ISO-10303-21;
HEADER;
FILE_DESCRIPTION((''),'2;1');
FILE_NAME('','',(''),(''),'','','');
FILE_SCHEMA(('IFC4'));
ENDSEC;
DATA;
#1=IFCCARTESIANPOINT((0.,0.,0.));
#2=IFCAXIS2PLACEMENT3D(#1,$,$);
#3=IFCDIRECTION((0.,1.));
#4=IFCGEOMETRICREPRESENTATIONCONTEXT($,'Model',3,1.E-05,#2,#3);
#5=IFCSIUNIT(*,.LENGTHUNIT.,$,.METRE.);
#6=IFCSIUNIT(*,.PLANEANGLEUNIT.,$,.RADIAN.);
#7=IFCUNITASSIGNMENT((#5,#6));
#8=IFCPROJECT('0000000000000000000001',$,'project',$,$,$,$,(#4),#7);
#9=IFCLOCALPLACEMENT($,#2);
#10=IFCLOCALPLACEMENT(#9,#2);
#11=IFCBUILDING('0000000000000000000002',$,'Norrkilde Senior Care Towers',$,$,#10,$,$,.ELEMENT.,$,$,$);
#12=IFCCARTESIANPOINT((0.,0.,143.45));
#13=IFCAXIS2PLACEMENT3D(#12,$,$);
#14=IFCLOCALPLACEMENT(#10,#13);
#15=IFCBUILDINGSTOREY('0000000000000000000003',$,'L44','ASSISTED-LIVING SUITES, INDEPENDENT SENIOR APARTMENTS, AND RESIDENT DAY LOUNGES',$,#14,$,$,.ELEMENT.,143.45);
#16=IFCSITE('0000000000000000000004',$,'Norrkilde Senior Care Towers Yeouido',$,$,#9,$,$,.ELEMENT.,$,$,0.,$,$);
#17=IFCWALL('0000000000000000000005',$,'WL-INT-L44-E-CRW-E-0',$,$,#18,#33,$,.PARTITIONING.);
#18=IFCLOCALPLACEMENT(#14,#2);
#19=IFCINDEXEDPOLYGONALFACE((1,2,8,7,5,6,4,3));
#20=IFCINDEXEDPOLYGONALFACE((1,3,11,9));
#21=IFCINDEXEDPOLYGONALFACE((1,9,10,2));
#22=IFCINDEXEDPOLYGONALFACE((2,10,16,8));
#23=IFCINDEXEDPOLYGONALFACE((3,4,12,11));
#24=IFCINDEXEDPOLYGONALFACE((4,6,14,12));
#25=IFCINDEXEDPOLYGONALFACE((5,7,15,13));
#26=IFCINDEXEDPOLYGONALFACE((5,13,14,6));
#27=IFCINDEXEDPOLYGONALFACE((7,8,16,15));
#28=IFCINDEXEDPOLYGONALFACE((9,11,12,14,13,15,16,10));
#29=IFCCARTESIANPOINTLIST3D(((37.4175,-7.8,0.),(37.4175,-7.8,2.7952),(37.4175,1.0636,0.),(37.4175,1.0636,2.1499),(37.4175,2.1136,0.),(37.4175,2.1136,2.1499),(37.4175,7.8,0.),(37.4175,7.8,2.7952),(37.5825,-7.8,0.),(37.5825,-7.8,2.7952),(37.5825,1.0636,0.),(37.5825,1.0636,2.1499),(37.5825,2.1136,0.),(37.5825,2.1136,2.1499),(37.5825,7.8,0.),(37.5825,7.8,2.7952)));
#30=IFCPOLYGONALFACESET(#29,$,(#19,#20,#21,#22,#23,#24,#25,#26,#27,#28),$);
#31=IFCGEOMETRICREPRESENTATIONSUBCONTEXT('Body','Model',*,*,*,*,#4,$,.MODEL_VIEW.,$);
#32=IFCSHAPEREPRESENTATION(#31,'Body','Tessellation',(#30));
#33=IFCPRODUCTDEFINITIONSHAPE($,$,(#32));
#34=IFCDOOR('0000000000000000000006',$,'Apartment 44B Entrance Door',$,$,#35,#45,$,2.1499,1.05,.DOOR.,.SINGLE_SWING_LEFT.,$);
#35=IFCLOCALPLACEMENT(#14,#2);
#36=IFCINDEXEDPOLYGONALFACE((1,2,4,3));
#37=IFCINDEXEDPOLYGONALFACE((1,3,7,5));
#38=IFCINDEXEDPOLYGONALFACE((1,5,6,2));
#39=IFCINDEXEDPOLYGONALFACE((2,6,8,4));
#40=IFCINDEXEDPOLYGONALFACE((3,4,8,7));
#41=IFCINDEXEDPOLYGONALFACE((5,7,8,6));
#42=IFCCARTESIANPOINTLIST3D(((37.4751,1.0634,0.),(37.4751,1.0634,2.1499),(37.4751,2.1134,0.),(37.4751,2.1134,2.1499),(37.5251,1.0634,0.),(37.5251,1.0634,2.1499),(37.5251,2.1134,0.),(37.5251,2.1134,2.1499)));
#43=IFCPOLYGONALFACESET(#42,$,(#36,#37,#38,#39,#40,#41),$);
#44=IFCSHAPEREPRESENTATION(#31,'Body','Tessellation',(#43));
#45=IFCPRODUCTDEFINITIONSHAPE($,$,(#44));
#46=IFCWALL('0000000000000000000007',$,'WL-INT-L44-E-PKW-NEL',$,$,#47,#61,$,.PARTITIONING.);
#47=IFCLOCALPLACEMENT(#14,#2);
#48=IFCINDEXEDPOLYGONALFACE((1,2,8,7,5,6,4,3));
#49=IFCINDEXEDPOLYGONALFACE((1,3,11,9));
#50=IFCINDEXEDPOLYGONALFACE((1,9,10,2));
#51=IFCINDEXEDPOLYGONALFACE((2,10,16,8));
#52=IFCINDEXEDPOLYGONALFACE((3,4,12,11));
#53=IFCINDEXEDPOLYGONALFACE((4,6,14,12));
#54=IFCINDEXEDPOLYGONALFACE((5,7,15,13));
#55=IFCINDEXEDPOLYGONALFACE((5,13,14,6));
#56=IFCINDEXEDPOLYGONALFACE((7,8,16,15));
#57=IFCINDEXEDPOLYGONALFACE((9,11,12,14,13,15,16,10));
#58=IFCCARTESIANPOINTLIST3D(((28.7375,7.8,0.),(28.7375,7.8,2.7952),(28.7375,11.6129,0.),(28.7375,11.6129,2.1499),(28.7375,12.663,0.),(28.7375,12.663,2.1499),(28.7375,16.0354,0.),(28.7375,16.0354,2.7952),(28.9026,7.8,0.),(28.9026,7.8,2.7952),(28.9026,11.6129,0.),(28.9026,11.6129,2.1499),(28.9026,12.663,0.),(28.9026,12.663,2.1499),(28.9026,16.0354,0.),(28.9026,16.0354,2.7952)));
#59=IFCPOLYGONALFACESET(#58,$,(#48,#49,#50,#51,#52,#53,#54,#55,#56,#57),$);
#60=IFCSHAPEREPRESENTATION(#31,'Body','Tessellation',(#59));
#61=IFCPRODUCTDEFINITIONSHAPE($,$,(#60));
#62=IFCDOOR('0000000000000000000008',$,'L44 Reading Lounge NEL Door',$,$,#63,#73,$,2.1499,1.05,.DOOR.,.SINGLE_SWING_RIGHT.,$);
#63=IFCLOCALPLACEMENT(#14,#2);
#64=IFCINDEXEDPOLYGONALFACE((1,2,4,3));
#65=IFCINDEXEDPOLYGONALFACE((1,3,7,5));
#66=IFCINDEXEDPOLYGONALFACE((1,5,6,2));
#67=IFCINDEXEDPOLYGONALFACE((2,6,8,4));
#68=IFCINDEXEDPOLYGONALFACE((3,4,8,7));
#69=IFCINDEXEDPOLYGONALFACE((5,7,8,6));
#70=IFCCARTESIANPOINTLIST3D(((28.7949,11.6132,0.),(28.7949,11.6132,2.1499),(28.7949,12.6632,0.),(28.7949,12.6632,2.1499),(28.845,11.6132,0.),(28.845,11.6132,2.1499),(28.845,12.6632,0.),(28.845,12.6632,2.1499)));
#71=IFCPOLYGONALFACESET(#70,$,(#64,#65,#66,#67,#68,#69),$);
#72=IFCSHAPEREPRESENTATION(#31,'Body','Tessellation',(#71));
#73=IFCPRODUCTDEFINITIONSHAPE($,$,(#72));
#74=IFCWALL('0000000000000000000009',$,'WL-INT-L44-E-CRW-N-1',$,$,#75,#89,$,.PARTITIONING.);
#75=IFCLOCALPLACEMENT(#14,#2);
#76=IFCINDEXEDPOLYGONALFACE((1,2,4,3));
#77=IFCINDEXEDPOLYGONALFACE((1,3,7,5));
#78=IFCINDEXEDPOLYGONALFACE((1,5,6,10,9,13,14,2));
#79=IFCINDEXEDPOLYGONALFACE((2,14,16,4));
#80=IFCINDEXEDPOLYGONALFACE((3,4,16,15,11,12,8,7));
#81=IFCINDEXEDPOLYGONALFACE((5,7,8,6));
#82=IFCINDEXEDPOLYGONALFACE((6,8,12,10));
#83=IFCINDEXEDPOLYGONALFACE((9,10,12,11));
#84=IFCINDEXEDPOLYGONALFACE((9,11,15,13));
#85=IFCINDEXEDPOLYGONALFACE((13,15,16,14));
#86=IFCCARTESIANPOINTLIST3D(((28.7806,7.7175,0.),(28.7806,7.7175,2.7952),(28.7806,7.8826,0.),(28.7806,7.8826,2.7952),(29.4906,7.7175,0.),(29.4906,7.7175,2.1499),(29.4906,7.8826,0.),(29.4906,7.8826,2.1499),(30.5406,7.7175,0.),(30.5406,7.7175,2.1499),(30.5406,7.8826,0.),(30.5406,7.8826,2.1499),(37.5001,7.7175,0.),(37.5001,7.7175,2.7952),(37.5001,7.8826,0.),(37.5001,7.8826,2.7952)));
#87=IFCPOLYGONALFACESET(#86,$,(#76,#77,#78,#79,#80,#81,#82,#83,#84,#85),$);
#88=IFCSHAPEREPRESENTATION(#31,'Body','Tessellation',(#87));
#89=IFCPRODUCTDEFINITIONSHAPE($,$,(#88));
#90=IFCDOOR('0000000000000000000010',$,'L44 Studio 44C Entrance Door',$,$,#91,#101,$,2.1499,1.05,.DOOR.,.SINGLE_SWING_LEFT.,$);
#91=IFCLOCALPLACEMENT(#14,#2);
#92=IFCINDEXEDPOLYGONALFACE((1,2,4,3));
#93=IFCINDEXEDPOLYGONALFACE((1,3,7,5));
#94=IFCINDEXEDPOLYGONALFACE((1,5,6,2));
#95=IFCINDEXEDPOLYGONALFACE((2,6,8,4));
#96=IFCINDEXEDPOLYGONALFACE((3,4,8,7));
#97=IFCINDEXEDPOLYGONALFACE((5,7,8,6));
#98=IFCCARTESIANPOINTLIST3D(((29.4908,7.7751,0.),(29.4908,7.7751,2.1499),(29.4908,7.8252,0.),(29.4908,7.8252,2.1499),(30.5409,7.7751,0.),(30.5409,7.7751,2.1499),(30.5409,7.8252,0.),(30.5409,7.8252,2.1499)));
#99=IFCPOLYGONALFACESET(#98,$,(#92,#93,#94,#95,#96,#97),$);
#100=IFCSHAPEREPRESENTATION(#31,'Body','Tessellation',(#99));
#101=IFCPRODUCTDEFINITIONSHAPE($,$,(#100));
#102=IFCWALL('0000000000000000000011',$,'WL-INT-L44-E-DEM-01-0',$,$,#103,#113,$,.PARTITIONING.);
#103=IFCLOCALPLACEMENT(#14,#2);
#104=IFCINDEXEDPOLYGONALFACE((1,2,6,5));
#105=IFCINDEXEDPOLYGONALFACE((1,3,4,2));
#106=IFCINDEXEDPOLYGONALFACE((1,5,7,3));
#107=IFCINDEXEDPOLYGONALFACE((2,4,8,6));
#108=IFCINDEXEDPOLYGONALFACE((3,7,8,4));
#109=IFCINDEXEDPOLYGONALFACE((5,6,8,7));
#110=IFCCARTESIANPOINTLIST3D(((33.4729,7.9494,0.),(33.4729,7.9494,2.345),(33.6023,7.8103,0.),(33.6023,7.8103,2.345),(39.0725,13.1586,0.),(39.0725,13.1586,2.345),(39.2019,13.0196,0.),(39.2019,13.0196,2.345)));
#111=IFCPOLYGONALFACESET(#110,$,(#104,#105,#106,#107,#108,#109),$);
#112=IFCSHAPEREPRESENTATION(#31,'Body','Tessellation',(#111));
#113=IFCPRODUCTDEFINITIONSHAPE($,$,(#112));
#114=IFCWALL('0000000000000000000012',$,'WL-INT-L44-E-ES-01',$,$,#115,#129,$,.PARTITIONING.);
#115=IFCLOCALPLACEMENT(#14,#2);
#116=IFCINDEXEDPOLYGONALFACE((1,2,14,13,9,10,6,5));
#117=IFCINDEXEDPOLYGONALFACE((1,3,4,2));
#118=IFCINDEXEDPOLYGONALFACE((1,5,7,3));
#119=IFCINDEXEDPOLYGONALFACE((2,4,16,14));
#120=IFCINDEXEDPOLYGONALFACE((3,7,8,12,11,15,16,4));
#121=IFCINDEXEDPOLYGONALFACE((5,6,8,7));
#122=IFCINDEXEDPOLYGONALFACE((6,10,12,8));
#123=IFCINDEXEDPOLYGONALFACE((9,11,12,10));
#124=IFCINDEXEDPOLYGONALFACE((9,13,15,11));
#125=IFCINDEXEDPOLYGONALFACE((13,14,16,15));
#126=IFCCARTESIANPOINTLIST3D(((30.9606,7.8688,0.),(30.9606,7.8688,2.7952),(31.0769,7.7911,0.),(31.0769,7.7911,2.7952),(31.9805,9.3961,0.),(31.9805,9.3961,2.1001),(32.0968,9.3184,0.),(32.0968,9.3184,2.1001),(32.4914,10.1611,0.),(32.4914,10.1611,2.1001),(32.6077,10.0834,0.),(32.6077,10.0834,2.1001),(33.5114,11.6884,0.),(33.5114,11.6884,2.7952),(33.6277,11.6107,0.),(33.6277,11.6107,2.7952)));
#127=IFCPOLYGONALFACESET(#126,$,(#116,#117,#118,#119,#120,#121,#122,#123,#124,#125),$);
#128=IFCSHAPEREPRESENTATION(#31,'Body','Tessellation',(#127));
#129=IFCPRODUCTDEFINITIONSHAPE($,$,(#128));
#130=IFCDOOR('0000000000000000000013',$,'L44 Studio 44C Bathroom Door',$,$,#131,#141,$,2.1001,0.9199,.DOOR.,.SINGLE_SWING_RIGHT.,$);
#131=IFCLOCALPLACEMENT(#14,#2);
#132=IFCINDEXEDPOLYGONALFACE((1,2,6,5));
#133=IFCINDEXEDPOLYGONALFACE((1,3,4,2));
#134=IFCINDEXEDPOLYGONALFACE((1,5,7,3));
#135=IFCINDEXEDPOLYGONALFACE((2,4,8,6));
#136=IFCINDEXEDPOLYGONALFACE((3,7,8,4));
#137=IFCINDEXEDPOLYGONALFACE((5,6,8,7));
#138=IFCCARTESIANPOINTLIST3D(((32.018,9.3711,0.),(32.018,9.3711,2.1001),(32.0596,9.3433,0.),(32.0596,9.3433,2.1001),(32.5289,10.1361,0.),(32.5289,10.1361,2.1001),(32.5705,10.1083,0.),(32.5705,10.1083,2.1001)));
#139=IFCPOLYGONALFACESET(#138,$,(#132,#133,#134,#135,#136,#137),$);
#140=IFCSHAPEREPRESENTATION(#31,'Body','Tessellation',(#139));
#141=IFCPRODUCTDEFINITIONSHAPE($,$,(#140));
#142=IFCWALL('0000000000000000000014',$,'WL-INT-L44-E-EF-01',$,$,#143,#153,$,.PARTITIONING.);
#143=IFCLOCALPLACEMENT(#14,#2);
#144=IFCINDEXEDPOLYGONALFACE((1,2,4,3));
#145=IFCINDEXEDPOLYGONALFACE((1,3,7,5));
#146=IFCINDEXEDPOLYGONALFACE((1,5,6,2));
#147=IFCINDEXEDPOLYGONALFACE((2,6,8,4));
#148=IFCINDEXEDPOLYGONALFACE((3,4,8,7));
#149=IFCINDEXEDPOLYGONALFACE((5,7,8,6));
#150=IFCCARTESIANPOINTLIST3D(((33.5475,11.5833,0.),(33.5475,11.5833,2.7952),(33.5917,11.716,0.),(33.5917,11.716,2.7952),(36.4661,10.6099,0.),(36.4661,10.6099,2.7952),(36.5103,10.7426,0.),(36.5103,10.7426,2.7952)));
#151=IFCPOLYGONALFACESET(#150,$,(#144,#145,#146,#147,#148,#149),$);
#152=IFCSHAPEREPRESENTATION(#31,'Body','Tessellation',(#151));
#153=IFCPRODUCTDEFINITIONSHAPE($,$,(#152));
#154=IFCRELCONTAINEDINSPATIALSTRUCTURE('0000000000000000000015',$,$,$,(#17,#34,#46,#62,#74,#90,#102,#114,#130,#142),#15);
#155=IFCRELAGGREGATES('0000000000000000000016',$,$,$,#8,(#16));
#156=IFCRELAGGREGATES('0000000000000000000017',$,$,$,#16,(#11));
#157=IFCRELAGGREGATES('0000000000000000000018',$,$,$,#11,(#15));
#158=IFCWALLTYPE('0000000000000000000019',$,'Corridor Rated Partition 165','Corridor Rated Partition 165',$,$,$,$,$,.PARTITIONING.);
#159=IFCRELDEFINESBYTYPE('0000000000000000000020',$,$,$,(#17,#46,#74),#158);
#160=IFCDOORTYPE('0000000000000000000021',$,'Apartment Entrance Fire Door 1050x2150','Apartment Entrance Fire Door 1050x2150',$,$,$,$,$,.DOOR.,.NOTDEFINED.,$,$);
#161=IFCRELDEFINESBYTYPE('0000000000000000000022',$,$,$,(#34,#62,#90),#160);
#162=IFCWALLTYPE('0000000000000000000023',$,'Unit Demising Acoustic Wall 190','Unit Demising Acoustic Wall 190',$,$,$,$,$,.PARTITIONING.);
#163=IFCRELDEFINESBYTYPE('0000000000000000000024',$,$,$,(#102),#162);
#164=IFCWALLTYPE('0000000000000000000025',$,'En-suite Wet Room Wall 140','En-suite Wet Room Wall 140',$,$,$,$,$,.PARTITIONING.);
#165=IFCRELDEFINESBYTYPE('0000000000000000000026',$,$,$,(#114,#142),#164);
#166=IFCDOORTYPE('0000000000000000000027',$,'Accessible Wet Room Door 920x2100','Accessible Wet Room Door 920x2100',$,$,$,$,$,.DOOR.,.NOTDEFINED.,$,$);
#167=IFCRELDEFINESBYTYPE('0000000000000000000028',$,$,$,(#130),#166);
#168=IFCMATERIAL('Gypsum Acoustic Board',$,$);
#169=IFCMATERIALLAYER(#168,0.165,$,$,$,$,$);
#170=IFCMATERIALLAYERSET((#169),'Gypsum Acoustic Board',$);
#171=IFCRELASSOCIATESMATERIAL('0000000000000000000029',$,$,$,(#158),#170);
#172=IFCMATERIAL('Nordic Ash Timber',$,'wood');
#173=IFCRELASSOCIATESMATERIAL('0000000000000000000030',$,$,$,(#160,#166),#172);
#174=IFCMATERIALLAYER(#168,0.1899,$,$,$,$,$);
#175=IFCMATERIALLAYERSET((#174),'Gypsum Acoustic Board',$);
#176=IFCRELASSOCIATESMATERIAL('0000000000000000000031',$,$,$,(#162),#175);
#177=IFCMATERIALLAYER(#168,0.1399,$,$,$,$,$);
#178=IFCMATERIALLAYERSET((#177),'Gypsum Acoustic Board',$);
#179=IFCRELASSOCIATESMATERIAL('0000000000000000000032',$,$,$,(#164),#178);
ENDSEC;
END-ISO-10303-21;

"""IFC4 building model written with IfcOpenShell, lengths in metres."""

from ifc_helpers import new_model, si_unit, direction, frame, frame_2d, origin, place, context, subcontext, project, spatial, rectangle, extrude, source, transform, mapped, material, layer, layer_set, type_object, type_shapes, element, fill, save


model = new_model("IFC4")

# Units and contexts
model_context = context("Model", 3, precision=1e-05, world=origin(), true_north=direction((0.0, 1.0)))
body_context = subcontext(model_context, "Body", "Model", "MODEL_VIEW")
ifc_project = project(units=[si_unit("LENGTHUNIT", "METRE"), si_unit("PLANEANGLEUNIT", "RADIAN")], contexts=[model_context])

# Site, building, storey
site_placement = place(None, origin())
site = spatial("IfcSite", under=ifc_project, at=site_placement, Name="Norrkilde Senior Care Towers Yeouido", CompositionType="ELEMENT", RefElevation=0.0)
building_placement = place(site_placement, origin())
building = spatial("IfcBuilding", under=site, at=building_placement, Name="Norrkilde Senior Care Towers", CompositionType="ELEMENT")
storey_placement = place(building_placement, frame((0.0, 0.0, 143.45)))
storey = spatial("IfcBuildingStorey", under=building, at=storey_placement, Name="L44", Description="ASSISTED-LIVING SUITES, INDEPENDENT SENIOR APARTMENTS, AND RESIDENT DAY LOUNGES", CompositionType="ELEMENT", Elevation=143.45)

# Shared definitions
ifc_material_1 = material(Name="Gypsum Acoustic Board")
ifc_layer_1 = layer(ifc_material_1, 0.165)
ifc_layer_set_1 = layer_set([ifc_layer_1], Name="Gypsum Acoustic Board")
wall_type_1 = type_object("IfcWallType", Name="Corridor Rated Partition 165", Description="Corridor Rated Partition 165", PredefinedType="PARTITIONING", material=ifc_layer_set_1)

# Walls, openings, doors
shared_shape_1 = source(origin(), body_context, "Body", "SweptSolid", [
    extrude(rectangle(XDim=15.6001, YDim=0.165, at=frame_2d((7.8, 0.0))), origin(), (0.0, 0.0, 1.0), 2.7952),
])
wall_1_placement = place(storey_placement, frame((37.5, 7.8, 0.0), z_axis=(0.0, 0.0, 1.0), x_axis=(0.0, -1.0, 0.0)))
wall_1 = element("IfcWall", 1, at=wall_1_placement, inside=storey, type_object=wall_type_1, Name="WL-INT-L44-E-CRW-E-0", PredefinedType="PARTITIONING", context=body_context, shape_type="MappedRepresentation", body=[
    mapped(shared_shape_1, transform((0.0, 0.0, 0.0), x_axis=(1.0, 0.0, 0.0), y_axis=(0.0, 1.0, 0.0), z_axis=(0.0, 0.0, 1.0), scale=1.0)),
])
opening_1_placement = place(wall_1_placement, frame((5.6865, 0.0, 0.0)))
opening_1 = element("IfcOpeningElement", 2, at=opening_1_placement, cuts=wall_1, PredefinedType="OPENING", context=body_context, shape_type="SweptSolid", body=[
    extrude(rectangle(XDim=1.05, YDim=2.1499, at=frame_2d((0.5249, 1.075))), frame((0.0, 0.0925, 0.0), z_axis=(0.0, -1.0, 0.0), x_axis=(1.0, 0.0, 0.0)), (0.0, 0.0, 1.0), 0.1851),
])
ifc_material_2 = material(Name="Nordic Ash Timber", Category="wood")
door_type_1 = type_object("IfcDoorType", Name="Apartment Entrance Fire Door 1050x2150", Description="Apartment Entrance Fire Door 1050x2150", OperationType="NOTDEFINED", PredefinedType="DOOR", material=ifc_material_2)
shared_shape_2 = source(origin(), body_context, "Body", "SweptSolid", [
    extrude(rectangle(XDim=1.05, YDim=2.1499, at=frame_2d((0.5249, 1.075))), frame((0.0, 0.0249, 0.0), z_axis=(0.0, -1.0, 0.0), x_axis=(1.0, 0.0, 0.0)), (0.0, 0.0, 1.0), 0.05),
])
type_shapes(door_type_1, [shared_shape_2])
door_1_placement = place(opening_1_placement, frame((1.05, 0.0, 0.0), z_axis=(0.0, 0.0, 1.0), x_axis=(-1.0, 0.0, 0.0)))
door_1 = element("IfcDoor", 3, at=door_1_placement, inside=storey, type_object=door_type_1, Name="Apartment 44B Entrance Door", OperationType="SINGLE_SWING_LEFT", OverallHeight=2.1499, OverallWidth=1.05, PredefinedType="DOOR", context=body_context, shape_type="MappedRepresentation", body=[
    mapped(shared_shape_2, transform((0.0, 0.0, 0.0), x_axis=(1.0, 0.0, 0.0), y_axis=(0.0, 1.0, 0.0), z_axis=(0.0, 0.0, 1.0), scale=1.0)),
])
fill(opening_1, door_1)
shared_shape_3 = source(origin(), body_context, "Body", "SweptSolid", [
    extrude(rectangle(XDim=8.2354, YDim=0.165, at=frame_2d((4.1177, 0.0))), origin(), (0.0, 0.0, 1.0), 2.7952),
])
wall_2_placement = place(storey_placement, frame((28.8201, 7.8, 0.0), z_axis=(0.0, 0.0, 1.0), x_axis=(0.0, 1.0, 0.0)))
wall_2 = element("IfcWall", 4, at=wall_2_placement, inside=storey, type_object=wall_type_1, Name="WL-INT-L44-E-PKW-NEL", PredefinedType="PARTITIONING", context=body_context, shape_type="MappedRepresentation", body=[
    mapped(shared_shape_3, transform((0.0, 0.0, 0.0), x_axis=(1.0, 0.0, 0.0), y_axis=(0.0, 1.0, 0.0), z_axis=(0.0, 0.0, 1.0), scale=1.0)),
])
opening_2_placement = place(wall_2_placement, frame((3.813, 0.0, 0.0)))
opening_2 = element("IfcOpeningElement", 5, at=opening_2_placement, cuts=wall_2, PredefinedType="OPENING", context=body_context, shape_type="SweptSolid", body=[
    extrude(rectangle(XDim=1.05, YDim=2.1499, at=frame_2d((0.5249, 1.075))), frame((0.0, 0.0925, 0.0), z_axis=(0.0, -1.0, 0.0), x_axis=(1.0, 0.0, 0.0)), (0.0, 0.0, 1.0), 0.1851),
])
door_2_placement = place(opening_2_placement, frame((1.05, 0.0, 0.0), z_axis=(0.0, 0.0, 1.0), x_axis=(-1.0, 0.0, 0.0)))
door_2 = element("IfcDoor", 6, at=door_2_placement, inside=storey, type_object=door_type_1, Name="L44 Reading Lounge NEL Door", OperationType="SINGLE_SWING_RIGHT", OverallHeight=2.1499, OverallWidth=1.05, PredefinedType="DOOR", context=body_context, shape_type="MappedRepresentation", body=[
    mapped(shared_shape_2, transform((0.0, 0.0, 0.0), x_axis=(1.0, 0.0, 0.0), y_axis=(0.0, 1.0, 0.0), z_axis=(0.0, 0.0, 1.0), scale=1.0)),
])
fill(opening_2, door_2)
shared_shape_4 = source(origin(), body_context, "Body", "SweptSolid", [
    extrude(rectangle(XDim=8.7195, YDim=0.165, at=frame_2d((4.3599, 0.0))), origin(), (0.0, 0.0, 1.0), 2.7952),
])
wall_3_placement = place(storey_placement, frame((28.7805, 7.8, 0.0), z_axis=(0.0, 0.0, 1.0), x_axis=(1.0, 0.0, 0.0)))
wall_3 = element("IfcWall", 7, at=wall_3_placement, inside=storey, type_object=wall_type_1, Name="WL-INT-L44-E-CRW-N-1", PredefinedType="PARTITIONING", context=body_context, shape_type="MappedRepresentation", body=[
    mapped(shared_shape_4, transform((0.0, 0.0, 0.0), x_axis=(1.0, 0.0, 0.0), y_axis=(0.0, 1.0, 0.0), z_axis=(0.0, 0.0, 1.0), scale=1.0)),
])
opening_3_placement = place(wall_3_placement, frame((0.7102, 0.0, 0.0)))
opening_3 = element("IfcOpeningElement", 8, at=opening_3_placement, cuts=wall_3, PredefinedType="OPENING", context=body_context, shape_type="SweptSolid", body=[
    extrude(rectangle(XDim=1.05, YDim=2.1499, at=frame_2d((0.5249, 1.075))), frame((0.0, 0.0925, 0.0), z_axis=(0.0, -1.0, 0.0), x_axis=(1.0, 0.0, 0.0)), (0.0, 0.0, 1.0), 0.1851),
])
door_3_placement = place(opening_3_placement, frame((1.05, 0.0, 0.0), z_axis=(0.0, 0.0, 1.0), x_axis=(-1.0, 0.0, 0.0)))
door_3 = element("IfcDoor", 9, at=door_3_placement, inside=storey, type_object=door_type_1, Name="L44 Studio 44C Entrance Door", OperationType="SINGLE_SWING_LEFT", OverallHeight=2.1499, OverallWidth=1.05, PredefinedType="DOOR", context=body_context, shape_type="MappedRepresentation", body=[
    mapped(shared_shape_2, transform((0.0, 0.0, 0.0), x_axis=(1.0, 0.0, 0.0), y_axis=(0.0, 1.0, 0.0), z_axis=(0.0, 0.0, 1.0), scale=1.0)),
])
fill(opening_3, door_3)

# Wall
ifc_layer_2 = layer(ifc_material_1, 0.1899)
ifc_layer_set_2 = layer_set([ifc_layer_2], Name="Gypsum Acoustic Board")
wall_type_2 = type_object("IfcWallType", Name="Unit Demising Acoustic Wall 190", Description="Unit Demising Acoustic Wall 190", PredefinedType="PARTITIONING", material=ifc_layer_set_2)
shared_shape_5 = source(origin(), body_context, "Body", "SweptSolid", [
    extrude(rectangle(XDim=7.6479, YDim=0.1899, at=frame_2d((3.824, 0.0))), origin(), (0.0, 0.0, 1.0), 2.345),
])
type_shapes(wall_type_2, [shared_shape_5])
wall_4_placement = place(storey_placement, frame((33.5376, 7.8799, 0.0), z_axis=(0.0, 0.0, 1.0), x_axis=(0.732168, 0.681124, 0.0)))
element("IfcWall", 10, at=wall_4_placement, inside=storey, type_object=wall_type_2, Name="WL-INT-L44-E-DEM-01-0", PredefinedType="PARTITIONING", context=body_context, shape_type="MappedRepresentation", body=[
    mapped(shared_shape_5, transform((0.0, 0.0, 0.0), x_axis=(1.0, 0.0, 0.0), y_axis=(0.0, 1.0, 0.0), z_axis=(0.0, 0.0, 1.0), scale=1.0)),
])

# Wall, opening, door
ifc_layer_3 = layer(ifc_material_1, 0.1399)
ifc_layer_set_3 = layer_set([ifc_layer_3], Name="Gypsum Acoustic Board")
wall_type_3 = type_object("IfcWallType", Name="En-suite Wet Room Wall 140", Description="En-suite Wet Room Wall 140", PredefinedType="PARTITIONING", material=ifc_layer_set_3)
shared_shape_6 = source(origin(), body_context, "Body", "SweptSolid", [
    extrude(rectangle(XDim=4.593, YDim=0.1399, at=frame_2d((2.2964, 0.0))), origin(), (0.0, 0.0, 1.0), 2.7952),
])
wall_5_placement = place(storey_placement, frame((31.0188, 7.8301, 0.0), z_axis=(0.0, 0.0, 1.0), x_axis=(0.555362, 0.831608, 0.0)))
wall_5 = element("IfcWall", 11, at=wall_5_placement, inside=storey, type_object=wall_type_3, Name="WL-INT-L44-E-ES-01", PredefinedType="PARTITIONING", context=body_context, shape_type="MappedRepresentation", body=[
    mapped(shared_shape_6, transform((0.0, 0.0, 0.0), x_axis=(1.0, 0.0, 0.0), y_axis=(0.0, 1.0, 0.0), z_axis=(0.0, 0.0, 1.0), scale=1.0)),
])
opening_4_placement = place(wall_5_placement, frame((1.8364, 0.0, 0.0)))
opening_4 = element("IfcOpeningElement", 12, at=opening_4_placement, cuts=wall_5, PredefinedType="OPENING", context=body_context, shape_type="SweptSolid", body=[
    extrude(rectangle(XDim=0.9199, YDim=2.1001, at=frame_2d((0.46, 1.05))), frame((0.0, 0.0798, 0.0), z_axis=(0.0, -1.0, 0.0), x_axis=(1.0, 0.0, 0.0)), (0.0, 0.0, 1.0), 0.1599),
])
door_type_2 = type_object("IfcDoorType", Name="Accessible Wet Room Door 920x2100", Description="Accessible Wet Room Door 920x2100", OperationType="NOTDEFINED", PredefinedType="DOOR", material=ifc_material_2)
shared_shape_7 = source(origin(), body_context, "Body", "SweptSolid", [
    extrude(rectangle(XDim=0.9199, YDim=2.1001, at=frame_2d((0.46, 1.05))), frame((0.0, 0.0249, 0.0), z_axis=(0.0, -1.0, 0.0), x_axis=(1.0, 0.0, 0.0)), (0.0, 0.0, 1.0), 0.05),
])
type_shapes(door_type_2, [shared_shape_7])
door_4_placement = place(opening_4_placement, origin())
door_4 = element("IfcDoor", 13, at=door_4_placement, inside=storey, type_object=door_type_2, Name="L44 Studio 44C Bathroom Door", OperationType="SINGLE_SWING_RIGHT", OverallHeight=2.1001, OverallWidth=0.9199, PredefinedType="DOOR", context=body_context, shape_type="MappedRepresentation", body=[
    mapped(shared_shape_7, transform((0.0, 0.0, 0.0), x_axis=(1.0, 0.0, 0.0), y_axis=(0.0, 1.0, 0.0), z_axis=(0.0, 0.0, 1.0), scale=1.0)),
])
fill(opening_4, door_4)

# Wall
shared_shape_8 = source(origin(), body_context, "Body", "SweptSolid", [
    extrude(rectangle(XDim=3.0767, YDim=0.1399, at=frame_2d((1.5383, 0.0))), origin(), (0.0, 0.0, 1.0), 2.7952),
])
type_shapes(wall_type_3, [shared_shape_6, shared_shape_8])
wall_6_placement = place(storey_placement, frame((33.5696, 11.6497, 0.0), z_axis=(0.0, 0.0, 1.0), x_axis=(0.948636, -0.316371, 0.0)))
element("IfcWall", 14, at=wall_6_placement, inside=storey, type_object=wall_type_3, Name="WL-INT-L44-E-EF-01", PredefinedType="PARTITIONING", context=body_context, shape_type="MappedRepresentation", body=[
    mapped(shared_shape_8, transform((0.0, 0.0, 0.0), x_axis=(1.0, 0.0, 0.0), y_axis=(0.0, 1.0, 0.0), z_axis=(0.0, 0.0, 1.0), scale=1.0)),
])

save(model, "model.ifc")
